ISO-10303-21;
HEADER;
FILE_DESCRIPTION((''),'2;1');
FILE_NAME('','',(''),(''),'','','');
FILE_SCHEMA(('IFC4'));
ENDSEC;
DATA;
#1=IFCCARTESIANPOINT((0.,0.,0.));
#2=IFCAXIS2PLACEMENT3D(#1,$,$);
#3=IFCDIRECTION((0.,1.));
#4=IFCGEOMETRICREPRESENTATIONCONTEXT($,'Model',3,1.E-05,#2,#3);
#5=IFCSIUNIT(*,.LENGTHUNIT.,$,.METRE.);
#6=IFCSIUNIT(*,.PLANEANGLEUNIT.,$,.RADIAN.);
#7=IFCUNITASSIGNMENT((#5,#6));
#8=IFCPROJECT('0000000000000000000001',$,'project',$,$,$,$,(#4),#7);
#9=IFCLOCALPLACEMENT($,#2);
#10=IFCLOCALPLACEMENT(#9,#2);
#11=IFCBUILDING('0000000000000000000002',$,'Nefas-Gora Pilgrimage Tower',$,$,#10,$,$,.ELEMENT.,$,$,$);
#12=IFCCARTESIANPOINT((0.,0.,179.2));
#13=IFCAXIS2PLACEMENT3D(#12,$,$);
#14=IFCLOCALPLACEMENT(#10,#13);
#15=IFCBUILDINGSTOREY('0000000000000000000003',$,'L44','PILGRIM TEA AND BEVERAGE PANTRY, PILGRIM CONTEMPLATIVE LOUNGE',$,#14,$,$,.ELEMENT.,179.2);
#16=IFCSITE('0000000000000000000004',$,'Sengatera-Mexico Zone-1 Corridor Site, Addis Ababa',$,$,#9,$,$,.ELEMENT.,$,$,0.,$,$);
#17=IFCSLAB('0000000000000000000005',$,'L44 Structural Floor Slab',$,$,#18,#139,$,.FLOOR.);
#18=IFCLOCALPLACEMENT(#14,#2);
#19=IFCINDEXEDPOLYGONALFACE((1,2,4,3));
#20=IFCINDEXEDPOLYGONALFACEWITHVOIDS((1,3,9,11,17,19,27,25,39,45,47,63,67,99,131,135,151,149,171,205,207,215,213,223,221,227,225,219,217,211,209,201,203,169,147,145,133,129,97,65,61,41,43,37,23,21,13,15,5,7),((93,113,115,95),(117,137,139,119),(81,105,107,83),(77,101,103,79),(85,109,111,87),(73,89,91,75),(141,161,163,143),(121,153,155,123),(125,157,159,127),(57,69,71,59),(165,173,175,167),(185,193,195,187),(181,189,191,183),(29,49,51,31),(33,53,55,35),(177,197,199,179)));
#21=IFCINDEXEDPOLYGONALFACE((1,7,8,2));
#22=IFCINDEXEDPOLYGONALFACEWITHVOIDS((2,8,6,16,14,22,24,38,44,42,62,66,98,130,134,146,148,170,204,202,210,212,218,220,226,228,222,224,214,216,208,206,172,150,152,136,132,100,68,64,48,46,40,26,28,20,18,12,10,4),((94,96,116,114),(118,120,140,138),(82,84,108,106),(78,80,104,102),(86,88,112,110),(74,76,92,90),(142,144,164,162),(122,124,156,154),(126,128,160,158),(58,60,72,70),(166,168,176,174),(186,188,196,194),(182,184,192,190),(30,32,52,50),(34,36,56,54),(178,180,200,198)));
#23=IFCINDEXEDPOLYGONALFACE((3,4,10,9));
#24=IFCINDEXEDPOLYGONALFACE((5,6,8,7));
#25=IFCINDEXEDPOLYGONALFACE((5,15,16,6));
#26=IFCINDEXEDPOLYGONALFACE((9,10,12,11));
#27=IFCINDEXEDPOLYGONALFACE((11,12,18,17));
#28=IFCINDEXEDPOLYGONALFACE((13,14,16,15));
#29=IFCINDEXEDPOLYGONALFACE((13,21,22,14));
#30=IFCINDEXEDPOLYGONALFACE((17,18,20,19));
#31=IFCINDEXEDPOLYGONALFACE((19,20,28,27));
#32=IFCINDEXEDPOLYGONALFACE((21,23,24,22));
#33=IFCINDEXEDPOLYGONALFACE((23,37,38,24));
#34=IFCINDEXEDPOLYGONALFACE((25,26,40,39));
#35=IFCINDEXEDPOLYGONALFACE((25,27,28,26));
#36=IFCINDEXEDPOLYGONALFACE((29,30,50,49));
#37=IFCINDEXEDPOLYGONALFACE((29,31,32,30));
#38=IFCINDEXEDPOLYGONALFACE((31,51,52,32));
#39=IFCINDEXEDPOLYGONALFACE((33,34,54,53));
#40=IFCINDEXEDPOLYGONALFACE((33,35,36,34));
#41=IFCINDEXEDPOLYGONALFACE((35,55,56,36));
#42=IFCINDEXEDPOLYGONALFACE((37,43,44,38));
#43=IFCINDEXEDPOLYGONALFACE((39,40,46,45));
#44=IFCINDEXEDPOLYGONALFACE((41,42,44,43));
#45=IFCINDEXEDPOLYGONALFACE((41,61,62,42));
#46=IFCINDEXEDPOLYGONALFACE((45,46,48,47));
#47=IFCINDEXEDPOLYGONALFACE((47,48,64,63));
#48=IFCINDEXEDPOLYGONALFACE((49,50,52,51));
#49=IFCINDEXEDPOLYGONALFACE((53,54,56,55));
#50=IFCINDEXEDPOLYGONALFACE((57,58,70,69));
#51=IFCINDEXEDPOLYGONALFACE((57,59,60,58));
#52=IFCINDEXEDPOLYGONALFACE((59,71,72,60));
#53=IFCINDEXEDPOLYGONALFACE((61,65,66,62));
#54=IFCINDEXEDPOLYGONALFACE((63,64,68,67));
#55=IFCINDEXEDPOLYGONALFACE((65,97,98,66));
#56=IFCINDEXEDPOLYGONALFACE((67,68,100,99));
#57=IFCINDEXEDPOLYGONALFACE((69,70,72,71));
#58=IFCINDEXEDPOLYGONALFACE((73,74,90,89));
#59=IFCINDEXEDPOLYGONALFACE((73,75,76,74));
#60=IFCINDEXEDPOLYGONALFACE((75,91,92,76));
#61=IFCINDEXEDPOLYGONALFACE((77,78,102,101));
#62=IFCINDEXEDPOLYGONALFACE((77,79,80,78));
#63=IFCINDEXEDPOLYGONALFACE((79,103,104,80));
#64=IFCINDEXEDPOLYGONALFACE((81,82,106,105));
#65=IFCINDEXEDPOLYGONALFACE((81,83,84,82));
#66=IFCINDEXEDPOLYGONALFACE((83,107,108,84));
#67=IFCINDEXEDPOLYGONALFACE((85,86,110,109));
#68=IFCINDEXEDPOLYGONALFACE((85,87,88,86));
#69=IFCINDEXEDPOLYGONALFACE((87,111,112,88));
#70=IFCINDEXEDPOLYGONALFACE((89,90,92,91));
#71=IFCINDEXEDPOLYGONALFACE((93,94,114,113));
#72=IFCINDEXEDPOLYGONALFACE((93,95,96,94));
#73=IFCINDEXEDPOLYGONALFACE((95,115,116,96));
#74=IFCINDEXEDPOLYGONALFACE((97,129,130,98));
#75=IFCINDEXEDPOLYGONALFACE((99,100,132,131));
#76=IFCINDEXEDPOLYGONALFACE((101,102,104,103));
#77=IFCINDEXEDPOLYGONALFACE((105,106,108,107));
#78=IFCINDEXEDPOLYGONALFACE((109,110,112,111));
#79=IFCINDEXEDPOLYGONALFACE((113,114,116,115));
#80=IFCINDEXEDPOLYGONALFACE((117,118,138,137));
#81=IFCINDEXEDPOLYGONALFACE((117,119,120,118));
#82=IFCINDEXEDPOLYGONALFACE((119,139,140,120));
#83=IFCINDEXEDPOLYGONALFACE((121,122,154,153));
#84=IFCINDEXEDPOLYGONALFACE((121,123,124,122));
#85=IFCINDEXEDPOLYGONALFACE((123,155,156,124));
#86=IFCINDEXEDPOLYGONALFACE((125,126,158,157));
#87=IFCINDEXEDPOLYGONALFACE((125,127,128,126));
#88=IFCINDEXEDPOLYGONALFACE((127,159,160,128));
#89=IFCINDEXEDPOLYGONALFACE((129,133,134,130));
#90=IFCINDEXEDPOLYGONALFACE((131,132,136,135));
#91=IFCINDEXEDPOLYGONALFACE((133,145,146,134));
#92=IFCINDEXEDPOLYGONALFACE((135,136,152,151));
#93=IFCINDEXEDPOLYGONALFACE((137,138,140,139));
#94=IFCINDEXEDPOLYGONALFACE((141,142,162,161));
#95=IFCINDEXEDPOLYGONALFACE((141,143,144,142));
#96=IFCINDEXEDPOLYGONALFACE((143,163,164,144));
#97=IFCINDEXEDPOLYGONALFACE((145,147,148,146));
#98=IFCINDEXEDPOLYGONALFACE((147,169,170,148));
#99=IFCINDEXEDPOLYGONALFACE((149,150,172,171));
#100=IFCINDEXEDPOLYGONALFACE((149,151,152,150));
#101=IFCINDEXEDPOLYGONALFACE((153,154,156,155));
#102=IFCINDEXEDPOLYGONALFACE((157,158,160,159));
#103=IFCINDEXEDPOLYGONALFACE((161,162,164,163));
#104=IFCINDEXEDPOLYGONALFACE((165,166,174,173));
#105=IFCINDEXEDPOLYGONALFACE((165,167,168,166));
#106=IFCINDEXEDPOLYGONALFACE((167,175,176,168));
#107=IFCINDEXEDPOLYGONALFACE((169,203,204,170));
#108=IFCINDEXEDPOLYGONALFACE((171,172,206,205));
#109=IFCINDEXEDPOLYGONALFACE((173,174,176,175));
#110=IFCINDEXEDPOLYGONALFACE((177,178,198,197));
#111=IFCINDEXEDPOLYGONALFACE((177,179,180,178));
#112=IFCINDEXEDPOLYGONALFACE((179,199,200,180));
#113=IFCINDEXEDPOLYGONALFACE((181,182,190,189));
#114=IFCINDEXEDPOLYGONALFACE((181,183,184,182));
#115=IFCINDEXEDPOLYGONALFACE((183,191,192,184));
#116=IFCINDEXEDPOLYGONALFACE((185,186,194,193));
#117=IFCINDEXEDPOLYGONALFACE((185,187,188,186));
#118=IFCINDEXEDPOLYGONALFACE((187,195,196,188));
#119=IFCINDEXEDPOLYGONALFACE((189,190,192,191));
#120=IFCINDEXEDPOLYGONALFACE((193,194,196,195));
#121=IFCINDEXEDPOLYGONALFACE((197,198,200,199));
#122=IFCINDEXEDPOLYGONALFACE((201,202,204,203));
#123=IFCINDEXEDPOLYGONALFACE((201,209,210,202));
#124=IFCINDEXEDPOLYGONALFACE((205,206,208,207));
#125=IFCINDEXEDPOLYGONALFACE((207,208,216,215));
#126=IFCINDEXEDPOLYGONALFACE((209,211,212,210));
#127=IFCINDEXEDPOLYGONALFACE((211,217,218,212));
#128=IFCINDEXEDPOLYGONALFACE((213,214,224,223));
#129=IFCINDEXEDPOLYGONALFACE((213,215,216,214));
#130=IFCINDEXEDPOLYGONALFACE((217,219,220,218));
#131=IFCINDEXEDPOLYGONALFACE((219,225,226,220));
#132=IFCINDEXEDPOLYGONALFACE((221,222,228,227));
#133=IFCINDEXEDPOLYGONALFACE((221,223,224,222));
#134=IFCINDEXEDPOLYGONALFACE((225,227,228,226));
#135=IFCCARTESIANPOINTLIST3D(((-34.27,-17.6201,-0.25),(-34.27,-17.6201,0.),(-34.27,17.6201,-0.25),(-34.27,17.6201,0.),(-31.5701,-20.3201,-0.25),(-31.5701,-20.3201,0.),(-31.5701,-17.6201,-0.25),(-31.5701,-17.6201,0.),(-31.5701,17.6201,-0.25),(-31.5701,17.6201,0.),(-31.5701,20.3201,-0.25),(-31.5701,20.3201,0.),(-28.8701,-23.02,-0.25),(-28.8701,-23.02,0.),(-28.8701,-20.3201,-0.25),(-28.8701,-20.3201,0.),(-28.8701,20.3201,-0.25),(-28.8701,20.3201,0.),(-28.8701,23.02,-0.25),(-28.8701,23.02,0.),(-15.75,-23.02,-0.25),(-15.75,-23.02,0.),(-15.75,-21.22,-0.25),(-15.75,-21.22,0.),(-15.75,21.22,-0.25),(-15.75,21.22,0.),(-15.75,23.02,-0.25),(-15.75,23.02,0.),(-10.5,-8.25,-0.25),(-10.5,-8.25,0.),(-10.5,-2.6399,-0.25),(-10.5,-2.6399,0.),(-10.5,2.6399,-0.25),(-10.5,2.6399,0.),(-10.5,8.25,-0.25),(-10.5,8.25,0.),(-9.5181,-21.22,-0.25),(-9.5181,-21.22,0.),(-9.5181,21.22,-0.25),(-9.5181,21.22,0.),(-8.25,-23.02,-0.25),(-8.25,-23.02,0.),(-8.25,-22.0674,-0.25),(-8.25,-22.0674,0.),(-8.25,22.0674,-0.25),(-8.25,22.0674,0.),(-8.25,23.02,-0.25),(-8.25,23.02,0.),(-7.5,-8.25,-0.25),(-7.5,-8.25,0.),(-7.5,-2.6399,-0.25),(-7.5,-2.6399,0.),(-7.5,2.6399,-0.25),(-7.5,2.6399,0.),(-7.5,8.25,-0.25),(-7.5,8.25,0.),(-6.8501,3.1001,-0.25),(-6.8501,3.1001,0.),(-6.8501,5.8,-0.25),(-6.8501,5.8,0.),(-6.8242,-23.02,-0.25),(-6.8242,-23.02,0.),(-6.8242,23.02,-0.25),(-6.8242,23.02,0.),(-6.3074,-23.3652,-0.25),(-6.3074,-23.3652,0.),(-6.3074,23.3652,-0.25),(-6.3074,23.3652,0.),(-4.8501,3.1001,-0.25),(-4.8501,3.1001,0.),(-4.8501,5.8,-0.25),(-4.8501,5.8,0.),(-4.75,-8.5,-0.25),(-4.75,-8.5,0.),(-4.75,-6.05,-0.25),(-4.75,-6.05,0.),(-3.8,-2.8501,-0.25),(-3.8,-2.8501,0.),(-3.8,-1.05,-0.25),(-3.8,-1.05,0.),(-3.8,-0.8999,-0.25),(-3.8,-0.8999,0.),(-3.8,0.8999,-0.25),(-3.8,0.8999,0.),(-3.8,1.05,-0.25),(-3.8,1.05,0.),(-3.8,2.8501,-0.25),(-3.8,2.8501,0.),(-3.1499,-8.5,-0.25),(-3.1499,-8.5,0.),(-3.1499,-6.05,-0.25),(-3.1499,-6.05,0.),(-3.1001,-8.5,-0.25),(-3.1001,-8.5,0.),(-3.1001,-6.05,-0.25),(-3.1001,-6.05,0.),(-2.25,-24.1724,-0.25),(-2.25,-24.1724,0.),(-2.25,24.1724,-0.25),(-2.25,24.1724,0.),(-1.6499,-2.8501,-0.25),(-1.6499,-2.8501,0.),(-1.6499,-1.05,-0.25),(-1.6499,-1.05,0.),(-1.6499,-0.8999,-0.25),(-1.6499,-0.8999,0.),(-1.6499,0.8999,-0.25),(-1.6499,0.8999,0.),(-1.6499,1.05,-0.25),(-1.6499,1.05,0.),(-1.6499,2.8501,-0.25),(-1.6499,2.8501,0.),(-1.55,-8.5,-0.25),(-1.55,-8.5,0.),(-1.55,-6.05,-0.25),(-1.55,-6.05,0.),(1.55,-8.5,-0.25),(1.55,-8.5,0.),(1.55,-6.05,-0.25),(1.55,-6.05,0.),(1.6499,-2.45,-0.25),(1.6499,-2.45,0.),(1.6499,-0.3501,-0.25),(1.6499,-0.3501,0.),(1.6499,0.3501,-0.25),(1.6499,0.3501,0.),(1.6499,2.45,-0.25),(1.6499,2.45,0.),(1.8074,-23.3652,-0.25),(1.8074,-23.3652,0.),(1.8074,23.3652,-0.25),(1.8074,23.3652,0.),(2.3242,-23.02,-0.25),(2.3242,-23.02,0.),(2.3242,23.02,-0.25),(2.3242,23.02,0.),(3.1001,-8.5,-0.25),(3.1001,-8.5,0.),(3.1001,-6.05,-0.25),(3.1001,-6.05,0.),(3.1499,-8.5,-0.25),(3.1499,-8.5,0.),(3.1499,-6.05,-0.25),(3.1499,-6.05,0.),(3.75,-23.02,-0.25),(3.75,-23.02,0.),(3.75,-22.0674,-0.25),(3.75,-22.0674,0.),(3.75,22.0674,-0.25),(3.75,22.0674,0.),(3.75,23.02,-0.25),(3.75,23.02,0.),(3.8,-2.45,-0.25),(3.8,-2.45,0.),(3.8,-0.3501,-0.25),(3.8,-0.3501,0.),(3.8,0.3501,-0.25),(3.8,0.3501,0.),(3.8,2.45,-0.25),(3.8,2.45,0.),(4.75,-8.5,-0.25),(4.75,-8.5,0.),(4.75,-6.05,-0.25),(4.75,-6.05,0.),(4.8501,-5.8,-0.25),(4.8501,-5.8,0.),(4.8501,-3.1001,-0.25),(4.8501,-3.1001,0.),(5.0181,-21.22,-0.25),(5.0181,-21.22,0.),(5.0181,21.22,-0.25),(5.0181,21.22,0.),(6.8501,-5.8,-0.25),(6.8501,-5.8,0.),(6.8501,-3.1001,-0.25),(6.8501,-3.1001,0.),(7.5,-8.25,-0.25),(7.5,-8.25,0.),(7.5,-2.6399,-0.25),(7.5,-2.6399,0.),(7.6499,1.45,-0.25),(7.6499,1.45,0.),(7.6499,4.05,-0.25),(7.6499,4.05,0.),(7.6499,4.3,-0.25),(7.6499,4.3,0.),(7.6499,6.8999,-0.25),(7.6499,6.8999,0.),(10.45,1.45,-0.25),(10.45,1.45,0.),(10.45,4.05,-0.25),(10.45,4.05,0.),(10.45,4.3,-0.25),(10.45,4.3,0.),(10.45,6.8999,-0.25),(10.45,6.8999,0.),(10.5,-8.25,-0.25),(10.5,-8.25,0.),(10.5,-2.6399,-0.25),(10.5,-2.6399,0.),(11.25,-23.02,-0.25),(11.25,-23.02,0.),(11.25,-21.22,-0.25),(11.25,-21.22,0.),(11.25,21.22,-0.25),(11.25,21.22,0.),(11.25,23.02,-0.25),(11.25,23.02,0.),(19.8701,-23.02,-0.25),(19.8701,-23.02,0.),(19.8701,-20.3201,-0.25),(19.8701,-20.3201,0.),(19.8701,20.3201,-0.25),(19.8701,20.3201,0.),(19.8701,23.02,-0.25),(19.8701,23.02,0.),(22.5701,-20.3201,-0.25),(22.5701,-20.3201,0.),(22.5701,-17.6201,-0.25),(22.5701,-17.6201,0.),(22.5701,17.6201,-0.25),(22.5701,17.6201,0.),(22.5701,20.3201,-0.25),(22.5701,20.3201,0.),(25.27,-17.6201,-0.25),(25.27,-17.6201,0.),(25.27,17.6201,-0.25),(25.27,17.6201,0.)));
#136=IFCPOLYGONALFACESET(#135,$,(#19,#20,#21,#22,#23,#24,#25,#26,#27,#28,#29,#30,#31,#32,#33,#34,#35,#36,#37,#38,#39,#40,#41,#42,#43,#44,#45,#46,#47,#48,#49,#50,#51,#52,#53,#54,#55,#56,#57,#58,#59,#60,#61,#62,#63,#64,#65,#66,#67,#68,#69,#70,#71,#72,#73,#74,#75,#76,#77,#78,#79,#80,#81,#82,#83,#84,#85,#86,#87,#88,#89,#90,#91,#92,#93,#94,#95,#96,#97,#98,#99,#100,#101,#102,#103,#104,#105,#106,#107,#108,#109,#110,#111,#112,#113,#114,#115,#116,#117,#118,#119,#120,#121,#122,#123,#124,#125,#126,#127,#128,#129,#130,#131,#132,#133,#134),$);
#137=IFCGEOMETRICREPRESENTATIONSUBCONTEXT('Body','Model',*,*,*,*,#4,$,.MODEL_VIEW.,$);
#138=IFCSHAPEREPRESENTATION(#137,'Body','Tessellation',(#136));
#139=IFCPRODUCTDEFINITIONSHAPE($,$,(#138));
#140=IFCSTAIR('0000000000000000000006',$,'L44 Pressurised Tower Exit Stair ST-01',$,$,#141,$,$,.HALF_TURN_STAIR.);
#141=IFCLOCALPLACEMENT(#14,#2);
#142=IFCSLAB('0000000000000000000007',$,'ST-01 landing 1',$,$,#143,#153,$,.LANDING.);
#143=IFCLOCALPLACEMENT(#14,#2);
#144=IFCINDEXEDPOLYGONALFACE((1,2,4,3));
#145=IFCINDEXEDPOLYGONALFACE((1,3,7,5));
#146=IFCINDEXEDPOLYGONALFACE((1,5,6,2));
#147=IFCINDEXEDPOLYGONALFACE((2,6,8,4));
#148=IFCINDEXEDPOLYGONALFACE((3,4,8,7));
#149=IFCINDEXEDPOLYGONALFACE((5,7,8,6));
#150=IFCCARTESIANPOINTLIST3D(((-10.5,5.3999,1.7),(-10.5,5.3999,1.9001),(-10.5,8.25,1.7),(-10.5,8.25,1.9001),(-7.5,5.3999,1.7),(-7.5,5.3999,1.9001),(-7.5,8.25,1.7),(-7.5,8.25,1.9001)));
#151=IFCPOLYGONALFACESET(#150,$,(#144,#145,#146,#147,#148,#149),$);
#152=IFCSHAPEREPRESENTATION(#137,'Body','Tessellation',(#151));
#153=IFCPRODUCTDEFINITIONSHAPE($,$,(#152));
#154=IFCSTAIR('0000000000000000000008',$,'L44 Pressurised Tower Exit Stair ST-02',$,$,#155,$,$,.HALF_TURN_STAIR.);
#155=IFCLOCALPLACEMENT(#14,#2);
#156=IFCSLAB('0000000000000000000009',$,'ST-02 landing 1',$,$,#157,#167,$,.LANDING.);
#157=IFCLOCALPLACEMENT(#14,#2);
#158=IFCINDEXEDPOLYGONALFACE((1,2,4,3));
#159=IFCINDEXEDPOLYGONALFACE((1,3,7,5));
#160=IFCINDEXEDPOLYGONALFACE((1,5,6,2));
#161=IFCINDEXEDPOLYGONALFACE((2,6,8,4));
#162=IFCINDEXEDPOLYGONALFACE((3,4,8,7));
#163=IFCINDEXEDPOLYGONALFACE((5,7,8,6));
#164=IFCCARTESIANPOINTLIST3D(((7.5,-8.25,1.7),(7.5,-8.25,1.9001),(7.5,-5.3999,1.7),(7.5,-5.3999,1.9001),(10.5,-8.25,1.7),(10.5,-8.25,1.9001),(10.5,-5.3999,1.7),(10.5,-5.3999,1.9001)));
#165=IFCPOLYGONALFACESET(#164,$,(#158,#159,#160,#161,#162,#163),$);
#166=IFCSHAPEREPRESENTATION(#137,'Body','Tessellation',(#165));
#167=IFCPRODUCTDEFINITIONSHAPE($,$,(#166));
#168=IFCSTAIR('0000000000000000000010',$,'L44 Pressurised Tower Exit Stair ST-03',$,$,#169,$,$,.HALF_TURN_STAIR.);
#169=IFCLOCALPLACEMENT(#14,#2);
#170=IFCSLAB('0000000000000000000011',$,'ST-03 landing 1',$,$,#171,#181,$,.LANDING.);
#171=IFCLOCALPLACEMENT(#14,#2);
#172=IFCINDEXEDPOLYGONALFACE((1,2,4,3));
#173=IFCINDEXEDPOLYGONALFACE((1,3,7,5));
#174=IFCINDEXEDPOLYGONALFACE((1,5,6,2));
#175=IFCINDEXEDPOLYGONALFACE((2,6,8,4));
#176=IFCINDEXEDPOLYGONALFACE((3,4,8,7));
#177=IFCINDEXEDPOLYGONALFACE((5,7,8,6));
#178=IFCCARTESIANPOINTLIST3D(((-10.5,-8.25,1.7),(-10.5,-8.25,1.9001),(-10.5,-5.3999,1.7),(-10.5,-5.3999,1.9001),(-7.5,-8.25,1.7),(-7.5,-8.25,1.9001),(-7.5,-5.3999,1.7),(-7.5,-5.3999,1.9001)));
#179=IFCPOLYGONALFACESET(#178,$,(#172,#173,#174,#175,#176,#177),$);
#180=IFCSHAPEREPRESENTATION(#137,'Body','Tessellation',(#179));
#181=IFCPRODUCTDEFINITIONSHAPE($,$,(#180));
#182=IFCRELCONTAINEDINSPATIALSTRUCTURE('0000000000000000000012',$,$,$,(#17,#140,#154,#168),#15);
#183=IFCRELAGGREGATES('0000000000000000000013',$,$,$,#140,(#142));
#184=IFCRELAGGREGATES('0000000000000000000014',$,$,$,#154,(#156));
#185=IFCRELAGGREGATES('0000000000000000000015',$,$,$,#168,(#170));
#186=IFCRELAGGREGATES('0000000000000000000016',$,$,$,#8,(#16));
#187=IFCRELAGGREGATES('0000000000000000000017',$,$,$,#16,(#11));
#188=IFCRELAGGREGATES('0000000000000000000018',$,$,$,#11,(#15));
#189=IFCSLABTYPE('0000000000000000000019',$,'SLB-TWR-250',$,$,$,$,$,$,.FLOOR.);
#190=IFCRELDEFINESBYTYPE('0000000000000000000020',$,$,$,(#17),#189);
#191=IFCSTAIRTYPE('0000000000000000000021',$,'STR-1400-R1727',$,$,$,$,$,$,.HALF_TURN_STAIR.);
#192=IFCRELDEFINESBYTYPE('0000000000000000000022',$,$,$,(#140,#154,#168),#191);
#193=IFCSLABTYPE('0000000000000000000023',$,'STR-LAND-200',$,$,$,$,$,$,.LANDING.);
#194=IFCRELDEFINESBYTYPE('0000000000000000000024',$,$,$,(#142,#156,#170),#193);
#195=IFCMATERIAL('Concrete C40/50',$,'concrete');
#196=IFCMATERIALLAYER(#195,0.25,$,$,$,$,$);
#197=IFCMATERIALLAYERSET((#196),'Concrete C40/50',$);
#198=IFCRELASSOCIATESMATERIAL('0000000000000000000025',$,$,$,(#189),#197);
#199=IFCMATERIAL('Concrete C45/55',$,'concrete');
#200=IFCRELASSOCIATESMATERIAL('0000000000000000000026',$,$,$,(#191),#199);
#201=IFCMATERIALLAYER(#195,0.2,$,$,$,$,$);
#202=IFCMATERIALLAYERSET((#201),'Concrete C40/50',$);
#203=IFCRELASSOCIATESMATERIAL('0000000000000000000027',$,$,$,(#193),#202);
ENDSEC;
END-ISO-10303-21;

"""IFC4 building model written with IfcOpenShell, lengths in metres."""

from ifc_helpers import new_model, si_unit, direction, frame, origin, place, context, subcontext, project, spatial, polyline, outline, extrude, material, layer, layer_set, type_object, element, aggregate, save


model = new_model("IFC4")

# Units and contexts
model_context = context("Model", 3, precision=1e-05, world=origin(), true_north=direction((0.0, 1.0)))
body_context = subcontext(model_context, "Body", "Model", "MODEL_VIEW")
ifc_project = project(units=[si_unit("LENGTHUNIT", "METRE"), si_unit("PLANEANGLEUNIT", "RADIAN")], contexts=[model_context])

# Site, building, storey
site_placement = place(None, origin())
site = spatial("IfcSite", under=ifc_project, at=site_placement, Name="Sengatera-Mexico Zone-1 Corridor Site, Addis Ababa", CompositionType="ELEMENT", RefElevation=0.0)
building_placement = place(site_placement, origin())
building = spatial("IfcBuilding", under=site, at=building_placement, Name="Nefas-Gora Pilgrimage Tower", CompositionType="ELEMENT")
storey_placement = place(building_placement, frame((0.0, 0.0, 179.2)))
storey = spatial("IfcBuildingStorey", under=building, at=storey_placement, Name="L44", Description="PILGRIM TEA AND BEVERAGE PANTRY, PILGRIM CONTEMPLATIVE LOUNGE", CompositionType="ELEMENT", Elevation=179.2)

# Slab
ifc_material_1 = material(Name="Concrete C40/50", Category="concrete")
ifc_layer_1 = layer(ifc_material_1, 0.25)
ifc_layer_set_1 = layer_set([ifc_layer_1], Name="Concrete C40/50")
slab_type_1 = type_object("IfcSlabType", Name="SLB-TWR-250", PredefinedType="FLOOR", material=ifc_layer_set_1)
slab_1_placement = place(storey_placement, frame((0.0, 0.0, -0.25)))
element("IfcSlab", 1, at=slab_1_placement, inside=storey, type_object=slab_type_1, Name="L44 Structural Floor Slab", PredefinedType="FLOOR", context=body_context, shape_type="SweptSolid", body=[
    extrude(outline(polyline([(5.0181, -21.22), (11.25, -21.22), (11.25, -23.02), (19.8701, -23.02), (19.8701, -20.3201), (22.5701, -20.3201), (22.5701, -17.6201), (25.27, -17.6201), (25.27, 17.6201), (22.5701, 17.6201), (22.5701, 20.3201), (19.8701, 20.3201), (19.8701, 23.02), (11.25, 23.02), (11.25, 21.22), (5.0181, 21.22), (3.75, 22.0674), (3.75, 23.02), (2.3242, 23.02), (1.8074, 23.3652), (-2.25, 24.1724), (-6.3074, 23.3652), (-6.8242, 23.02), (-8.25, 23.02), (-8.25, 22.0674), (-9.5181, 21.22), (-15.75, 21.22), (-15.75, 23.02), (-28.8701, 23.02), (-28.8701, 20.3201), (-31.5701, 20.3201), (-31.5701, 17.6201), (-34.27, 17.6201), (-34.27, -17.6201), (-31.5701, -17.6201), (-31.5701, -20.3201), (-28.8701, -20.3201), (-28.8701, -23.02), (-15.75, -23.02), (-15.75, -21.22), (-9.5181, -21.22), (-8.25, -22.0674), (-8.25, -23.02), (-6.8242, -23.02), (-6.3074, -23.3652), (-2.25, -24.1724), (1.8074, -23.3652), (2.3242, -23.02), (3.75, -23.02), (3.75, -22.0674), (5.0181, -21.22)]), holes=[polyline([(-10.5, 2.6399), (-10.5, 8.25), (-7.5, 8.25), (-7.5, 2.6399), (-10.5, 2.6399)]), polyline([(10.5, -2.6399), (10.5, -8.25), (7.5, -8.25), (7.5, -2.6399), (10.5, -2.6399)]), polyline([(-7.5, -2.6399), (-7.5, -8.25), (-10.5, -8.25), (-10.5, -2.6399), (-7.5, -2.6399)]), polyline([(-6.8501, 5.8), (-4.8501, 5.8), (-4.8501, 3.1001), (-6.8501, 3.1001), (-6.8501, 5.8)]), polyline([(4.8501, -3.1001), (6.8501, -3.1001), (6.8501, -5.8), (4.8501, -5.8), (4.8501, -3.1001)]), polyline([(7.6499, 4.05), (10.45, 4.05), (10.45, 1.45), (7.6499, 1.45), (7.6499, 4.05)]), polyline([(7.6499, 6.8999), (10.45, 6.8999), (10.45, 4.3), (7.6499, 4.3), (7.6499, 6.8999)]), polyline([(-4.75, -6.05), (-3.1499, -6.05), (-3.1499, -8.5), (-4.75, -8.5), (-4.75, -6.05)]), polyline([(-3.1001, -6.05), (-1.55, -6.05), (-1.55, -8.5), (-3.1001, -8.5), (-3.1001, -6.05)]), polyline([(1.55, -6.05), (3.1001, -6.05), (3.1001, -8.5), (1.55, -8.5), (1.55, -6.05)]), polyline([(3.1499, -6.05), (4.75, -6.05), (4.75, -8.5), (3.1499, -8.5), (3.1499, -6.05)]), polyline([(-3.8, -1.05), (-1.6499, -1.05), (-1.6499, -2.8501), (-3.8, -2.8501), (-3.8, -1.05)]), polyline([(-3.8, 0.8999), (-1.6499, 0.8999), (-1.6499, -0.8999), (-3.8, -0.8999), (-3.8, 0.8999)]), polyline([(-3.8, 2.8501), (-1.6499, 2.8501), (-1.6499, 1.05), (-3.8, 1.05), (-3.8, 2.8501)]), polyline([(1.6499, -0.3501), (3.8, -0.3501), (3.8, -2.45), (1.6499, -2.45), (1.6499, -0.3501)]), polyline([(1.6499, 2.45), (3.8, 2.45), (3.8, 0.3501), (1.6499, 0.3501), (1.6499, 2.45)])]), origin(), (0.0, 0.0, 1.0), 0.25),
])

# Stairs, slabs
ifc_material_2 = material(Name="Concrete C45/55", Category="concrete")
stair_type = type_object("IfcStairType", Name="STR-1400-R1727", PredefinedType="HALF_TURN_STAIR", material=ifc_material_2)
stair_1_placement = place(storey_placement, origin())
stair_1 = element("IfcStair", 2, at=stair_1_placement, inside=storey, type_object=stair_type, Name="L44 Pressurised Tower Exit Stair ST-01", PredefinedType="HALF_TURN_STAIR")
ifc_layer_2 = layer(ifc_material_1, 0.2)
ifc_layer_set_2 = layer_set([ifc_layer_2], Name="Concrete C40/50")
slab_type_2 = type_object("IfcSlabType", Name="STR-LAND-200", PredefinedType="LANDING", material=ifc_layer_set_2)
slab_2_placement = place(storey_placement, frame((0.0, 0.0, 1.7)))
slab_2 = element("IfcSlab", 3, at=slab_2_placement, type_object=slab_type_2, Name="ST-01 landing 1", PredefinedType="LANDING", context=body_context, shape_type="SweptSolid", body=[
    extrude(outline(polyline([(-7.5, 5.3999), (-7.5, 8.25), (-10.5, 8.25), (-10.5, 5.3999), (-7.5, 5.3999)])), origin(), (0.0, 0.0, 1.0), 0.2002),
])
aggregate(stair_1, [slab_2])
stair_2_placement = place(storey_placement, origin())
stair_2 = element("IfcStair", 4, at=stair_2_placement, inside=storey, type_object=stair_type, Name="L44 Pressurised Tower Exit Stair ST-02", PredefinedType="HALF_TURN_STAIR")
slab_3_placement = place(storey_placement, frame((0.0, 0.0, 1.7)))
slab_3 = element("IfcSlab", 5, at=slab_3_placement, type_object=slab_type_2, Name="ST-02 landing 1", PredefinedType="LANDING", context=body_context, shape_type="SweptSolid", body=[
    extrude(outline(polyline([(7.5, -5.3999), (7.5, -8.25), (10.5, -8.25), (10.5, -5.3999), (7.5, -5.3999)])), origin(), (0.0, 0.0, 1.0), 0.2002),
])
aggregate(stair_2, [slab_3])
stair_3_placement = place(storey_placement, origin())
stair_3 = element("IfcStair", 6, at=stair_3_placement, inside=storey, type_object=stair_type, Name="L44 Pressurised Tower Exit Stair ST-03", PredefinedType="HALF_TURN_STAIR")
slab_4_placement = place(storey_placement, frame((0.0, 0.0, 1.7)))
slab_4 = element("IfcSlab", 7, at=slab_4_placement, type_object=slab_type_2, Name="ST-03 landing 1", PredefinedType="LANDING", context=body_context, shape_type="SweptSolid", body=[
    extrude(outline(polyline([(-10.5, -5.3999), (-10.5, -8.25), (-7.5, -8.25), (-7.5, -5.3999), (-10.5, -5.3999)])), origin(), (0.0, 0.0, 1.0), 0.2002),
])
aggregate(stair_3, [slab_4])

save(model, "model.ifc")
